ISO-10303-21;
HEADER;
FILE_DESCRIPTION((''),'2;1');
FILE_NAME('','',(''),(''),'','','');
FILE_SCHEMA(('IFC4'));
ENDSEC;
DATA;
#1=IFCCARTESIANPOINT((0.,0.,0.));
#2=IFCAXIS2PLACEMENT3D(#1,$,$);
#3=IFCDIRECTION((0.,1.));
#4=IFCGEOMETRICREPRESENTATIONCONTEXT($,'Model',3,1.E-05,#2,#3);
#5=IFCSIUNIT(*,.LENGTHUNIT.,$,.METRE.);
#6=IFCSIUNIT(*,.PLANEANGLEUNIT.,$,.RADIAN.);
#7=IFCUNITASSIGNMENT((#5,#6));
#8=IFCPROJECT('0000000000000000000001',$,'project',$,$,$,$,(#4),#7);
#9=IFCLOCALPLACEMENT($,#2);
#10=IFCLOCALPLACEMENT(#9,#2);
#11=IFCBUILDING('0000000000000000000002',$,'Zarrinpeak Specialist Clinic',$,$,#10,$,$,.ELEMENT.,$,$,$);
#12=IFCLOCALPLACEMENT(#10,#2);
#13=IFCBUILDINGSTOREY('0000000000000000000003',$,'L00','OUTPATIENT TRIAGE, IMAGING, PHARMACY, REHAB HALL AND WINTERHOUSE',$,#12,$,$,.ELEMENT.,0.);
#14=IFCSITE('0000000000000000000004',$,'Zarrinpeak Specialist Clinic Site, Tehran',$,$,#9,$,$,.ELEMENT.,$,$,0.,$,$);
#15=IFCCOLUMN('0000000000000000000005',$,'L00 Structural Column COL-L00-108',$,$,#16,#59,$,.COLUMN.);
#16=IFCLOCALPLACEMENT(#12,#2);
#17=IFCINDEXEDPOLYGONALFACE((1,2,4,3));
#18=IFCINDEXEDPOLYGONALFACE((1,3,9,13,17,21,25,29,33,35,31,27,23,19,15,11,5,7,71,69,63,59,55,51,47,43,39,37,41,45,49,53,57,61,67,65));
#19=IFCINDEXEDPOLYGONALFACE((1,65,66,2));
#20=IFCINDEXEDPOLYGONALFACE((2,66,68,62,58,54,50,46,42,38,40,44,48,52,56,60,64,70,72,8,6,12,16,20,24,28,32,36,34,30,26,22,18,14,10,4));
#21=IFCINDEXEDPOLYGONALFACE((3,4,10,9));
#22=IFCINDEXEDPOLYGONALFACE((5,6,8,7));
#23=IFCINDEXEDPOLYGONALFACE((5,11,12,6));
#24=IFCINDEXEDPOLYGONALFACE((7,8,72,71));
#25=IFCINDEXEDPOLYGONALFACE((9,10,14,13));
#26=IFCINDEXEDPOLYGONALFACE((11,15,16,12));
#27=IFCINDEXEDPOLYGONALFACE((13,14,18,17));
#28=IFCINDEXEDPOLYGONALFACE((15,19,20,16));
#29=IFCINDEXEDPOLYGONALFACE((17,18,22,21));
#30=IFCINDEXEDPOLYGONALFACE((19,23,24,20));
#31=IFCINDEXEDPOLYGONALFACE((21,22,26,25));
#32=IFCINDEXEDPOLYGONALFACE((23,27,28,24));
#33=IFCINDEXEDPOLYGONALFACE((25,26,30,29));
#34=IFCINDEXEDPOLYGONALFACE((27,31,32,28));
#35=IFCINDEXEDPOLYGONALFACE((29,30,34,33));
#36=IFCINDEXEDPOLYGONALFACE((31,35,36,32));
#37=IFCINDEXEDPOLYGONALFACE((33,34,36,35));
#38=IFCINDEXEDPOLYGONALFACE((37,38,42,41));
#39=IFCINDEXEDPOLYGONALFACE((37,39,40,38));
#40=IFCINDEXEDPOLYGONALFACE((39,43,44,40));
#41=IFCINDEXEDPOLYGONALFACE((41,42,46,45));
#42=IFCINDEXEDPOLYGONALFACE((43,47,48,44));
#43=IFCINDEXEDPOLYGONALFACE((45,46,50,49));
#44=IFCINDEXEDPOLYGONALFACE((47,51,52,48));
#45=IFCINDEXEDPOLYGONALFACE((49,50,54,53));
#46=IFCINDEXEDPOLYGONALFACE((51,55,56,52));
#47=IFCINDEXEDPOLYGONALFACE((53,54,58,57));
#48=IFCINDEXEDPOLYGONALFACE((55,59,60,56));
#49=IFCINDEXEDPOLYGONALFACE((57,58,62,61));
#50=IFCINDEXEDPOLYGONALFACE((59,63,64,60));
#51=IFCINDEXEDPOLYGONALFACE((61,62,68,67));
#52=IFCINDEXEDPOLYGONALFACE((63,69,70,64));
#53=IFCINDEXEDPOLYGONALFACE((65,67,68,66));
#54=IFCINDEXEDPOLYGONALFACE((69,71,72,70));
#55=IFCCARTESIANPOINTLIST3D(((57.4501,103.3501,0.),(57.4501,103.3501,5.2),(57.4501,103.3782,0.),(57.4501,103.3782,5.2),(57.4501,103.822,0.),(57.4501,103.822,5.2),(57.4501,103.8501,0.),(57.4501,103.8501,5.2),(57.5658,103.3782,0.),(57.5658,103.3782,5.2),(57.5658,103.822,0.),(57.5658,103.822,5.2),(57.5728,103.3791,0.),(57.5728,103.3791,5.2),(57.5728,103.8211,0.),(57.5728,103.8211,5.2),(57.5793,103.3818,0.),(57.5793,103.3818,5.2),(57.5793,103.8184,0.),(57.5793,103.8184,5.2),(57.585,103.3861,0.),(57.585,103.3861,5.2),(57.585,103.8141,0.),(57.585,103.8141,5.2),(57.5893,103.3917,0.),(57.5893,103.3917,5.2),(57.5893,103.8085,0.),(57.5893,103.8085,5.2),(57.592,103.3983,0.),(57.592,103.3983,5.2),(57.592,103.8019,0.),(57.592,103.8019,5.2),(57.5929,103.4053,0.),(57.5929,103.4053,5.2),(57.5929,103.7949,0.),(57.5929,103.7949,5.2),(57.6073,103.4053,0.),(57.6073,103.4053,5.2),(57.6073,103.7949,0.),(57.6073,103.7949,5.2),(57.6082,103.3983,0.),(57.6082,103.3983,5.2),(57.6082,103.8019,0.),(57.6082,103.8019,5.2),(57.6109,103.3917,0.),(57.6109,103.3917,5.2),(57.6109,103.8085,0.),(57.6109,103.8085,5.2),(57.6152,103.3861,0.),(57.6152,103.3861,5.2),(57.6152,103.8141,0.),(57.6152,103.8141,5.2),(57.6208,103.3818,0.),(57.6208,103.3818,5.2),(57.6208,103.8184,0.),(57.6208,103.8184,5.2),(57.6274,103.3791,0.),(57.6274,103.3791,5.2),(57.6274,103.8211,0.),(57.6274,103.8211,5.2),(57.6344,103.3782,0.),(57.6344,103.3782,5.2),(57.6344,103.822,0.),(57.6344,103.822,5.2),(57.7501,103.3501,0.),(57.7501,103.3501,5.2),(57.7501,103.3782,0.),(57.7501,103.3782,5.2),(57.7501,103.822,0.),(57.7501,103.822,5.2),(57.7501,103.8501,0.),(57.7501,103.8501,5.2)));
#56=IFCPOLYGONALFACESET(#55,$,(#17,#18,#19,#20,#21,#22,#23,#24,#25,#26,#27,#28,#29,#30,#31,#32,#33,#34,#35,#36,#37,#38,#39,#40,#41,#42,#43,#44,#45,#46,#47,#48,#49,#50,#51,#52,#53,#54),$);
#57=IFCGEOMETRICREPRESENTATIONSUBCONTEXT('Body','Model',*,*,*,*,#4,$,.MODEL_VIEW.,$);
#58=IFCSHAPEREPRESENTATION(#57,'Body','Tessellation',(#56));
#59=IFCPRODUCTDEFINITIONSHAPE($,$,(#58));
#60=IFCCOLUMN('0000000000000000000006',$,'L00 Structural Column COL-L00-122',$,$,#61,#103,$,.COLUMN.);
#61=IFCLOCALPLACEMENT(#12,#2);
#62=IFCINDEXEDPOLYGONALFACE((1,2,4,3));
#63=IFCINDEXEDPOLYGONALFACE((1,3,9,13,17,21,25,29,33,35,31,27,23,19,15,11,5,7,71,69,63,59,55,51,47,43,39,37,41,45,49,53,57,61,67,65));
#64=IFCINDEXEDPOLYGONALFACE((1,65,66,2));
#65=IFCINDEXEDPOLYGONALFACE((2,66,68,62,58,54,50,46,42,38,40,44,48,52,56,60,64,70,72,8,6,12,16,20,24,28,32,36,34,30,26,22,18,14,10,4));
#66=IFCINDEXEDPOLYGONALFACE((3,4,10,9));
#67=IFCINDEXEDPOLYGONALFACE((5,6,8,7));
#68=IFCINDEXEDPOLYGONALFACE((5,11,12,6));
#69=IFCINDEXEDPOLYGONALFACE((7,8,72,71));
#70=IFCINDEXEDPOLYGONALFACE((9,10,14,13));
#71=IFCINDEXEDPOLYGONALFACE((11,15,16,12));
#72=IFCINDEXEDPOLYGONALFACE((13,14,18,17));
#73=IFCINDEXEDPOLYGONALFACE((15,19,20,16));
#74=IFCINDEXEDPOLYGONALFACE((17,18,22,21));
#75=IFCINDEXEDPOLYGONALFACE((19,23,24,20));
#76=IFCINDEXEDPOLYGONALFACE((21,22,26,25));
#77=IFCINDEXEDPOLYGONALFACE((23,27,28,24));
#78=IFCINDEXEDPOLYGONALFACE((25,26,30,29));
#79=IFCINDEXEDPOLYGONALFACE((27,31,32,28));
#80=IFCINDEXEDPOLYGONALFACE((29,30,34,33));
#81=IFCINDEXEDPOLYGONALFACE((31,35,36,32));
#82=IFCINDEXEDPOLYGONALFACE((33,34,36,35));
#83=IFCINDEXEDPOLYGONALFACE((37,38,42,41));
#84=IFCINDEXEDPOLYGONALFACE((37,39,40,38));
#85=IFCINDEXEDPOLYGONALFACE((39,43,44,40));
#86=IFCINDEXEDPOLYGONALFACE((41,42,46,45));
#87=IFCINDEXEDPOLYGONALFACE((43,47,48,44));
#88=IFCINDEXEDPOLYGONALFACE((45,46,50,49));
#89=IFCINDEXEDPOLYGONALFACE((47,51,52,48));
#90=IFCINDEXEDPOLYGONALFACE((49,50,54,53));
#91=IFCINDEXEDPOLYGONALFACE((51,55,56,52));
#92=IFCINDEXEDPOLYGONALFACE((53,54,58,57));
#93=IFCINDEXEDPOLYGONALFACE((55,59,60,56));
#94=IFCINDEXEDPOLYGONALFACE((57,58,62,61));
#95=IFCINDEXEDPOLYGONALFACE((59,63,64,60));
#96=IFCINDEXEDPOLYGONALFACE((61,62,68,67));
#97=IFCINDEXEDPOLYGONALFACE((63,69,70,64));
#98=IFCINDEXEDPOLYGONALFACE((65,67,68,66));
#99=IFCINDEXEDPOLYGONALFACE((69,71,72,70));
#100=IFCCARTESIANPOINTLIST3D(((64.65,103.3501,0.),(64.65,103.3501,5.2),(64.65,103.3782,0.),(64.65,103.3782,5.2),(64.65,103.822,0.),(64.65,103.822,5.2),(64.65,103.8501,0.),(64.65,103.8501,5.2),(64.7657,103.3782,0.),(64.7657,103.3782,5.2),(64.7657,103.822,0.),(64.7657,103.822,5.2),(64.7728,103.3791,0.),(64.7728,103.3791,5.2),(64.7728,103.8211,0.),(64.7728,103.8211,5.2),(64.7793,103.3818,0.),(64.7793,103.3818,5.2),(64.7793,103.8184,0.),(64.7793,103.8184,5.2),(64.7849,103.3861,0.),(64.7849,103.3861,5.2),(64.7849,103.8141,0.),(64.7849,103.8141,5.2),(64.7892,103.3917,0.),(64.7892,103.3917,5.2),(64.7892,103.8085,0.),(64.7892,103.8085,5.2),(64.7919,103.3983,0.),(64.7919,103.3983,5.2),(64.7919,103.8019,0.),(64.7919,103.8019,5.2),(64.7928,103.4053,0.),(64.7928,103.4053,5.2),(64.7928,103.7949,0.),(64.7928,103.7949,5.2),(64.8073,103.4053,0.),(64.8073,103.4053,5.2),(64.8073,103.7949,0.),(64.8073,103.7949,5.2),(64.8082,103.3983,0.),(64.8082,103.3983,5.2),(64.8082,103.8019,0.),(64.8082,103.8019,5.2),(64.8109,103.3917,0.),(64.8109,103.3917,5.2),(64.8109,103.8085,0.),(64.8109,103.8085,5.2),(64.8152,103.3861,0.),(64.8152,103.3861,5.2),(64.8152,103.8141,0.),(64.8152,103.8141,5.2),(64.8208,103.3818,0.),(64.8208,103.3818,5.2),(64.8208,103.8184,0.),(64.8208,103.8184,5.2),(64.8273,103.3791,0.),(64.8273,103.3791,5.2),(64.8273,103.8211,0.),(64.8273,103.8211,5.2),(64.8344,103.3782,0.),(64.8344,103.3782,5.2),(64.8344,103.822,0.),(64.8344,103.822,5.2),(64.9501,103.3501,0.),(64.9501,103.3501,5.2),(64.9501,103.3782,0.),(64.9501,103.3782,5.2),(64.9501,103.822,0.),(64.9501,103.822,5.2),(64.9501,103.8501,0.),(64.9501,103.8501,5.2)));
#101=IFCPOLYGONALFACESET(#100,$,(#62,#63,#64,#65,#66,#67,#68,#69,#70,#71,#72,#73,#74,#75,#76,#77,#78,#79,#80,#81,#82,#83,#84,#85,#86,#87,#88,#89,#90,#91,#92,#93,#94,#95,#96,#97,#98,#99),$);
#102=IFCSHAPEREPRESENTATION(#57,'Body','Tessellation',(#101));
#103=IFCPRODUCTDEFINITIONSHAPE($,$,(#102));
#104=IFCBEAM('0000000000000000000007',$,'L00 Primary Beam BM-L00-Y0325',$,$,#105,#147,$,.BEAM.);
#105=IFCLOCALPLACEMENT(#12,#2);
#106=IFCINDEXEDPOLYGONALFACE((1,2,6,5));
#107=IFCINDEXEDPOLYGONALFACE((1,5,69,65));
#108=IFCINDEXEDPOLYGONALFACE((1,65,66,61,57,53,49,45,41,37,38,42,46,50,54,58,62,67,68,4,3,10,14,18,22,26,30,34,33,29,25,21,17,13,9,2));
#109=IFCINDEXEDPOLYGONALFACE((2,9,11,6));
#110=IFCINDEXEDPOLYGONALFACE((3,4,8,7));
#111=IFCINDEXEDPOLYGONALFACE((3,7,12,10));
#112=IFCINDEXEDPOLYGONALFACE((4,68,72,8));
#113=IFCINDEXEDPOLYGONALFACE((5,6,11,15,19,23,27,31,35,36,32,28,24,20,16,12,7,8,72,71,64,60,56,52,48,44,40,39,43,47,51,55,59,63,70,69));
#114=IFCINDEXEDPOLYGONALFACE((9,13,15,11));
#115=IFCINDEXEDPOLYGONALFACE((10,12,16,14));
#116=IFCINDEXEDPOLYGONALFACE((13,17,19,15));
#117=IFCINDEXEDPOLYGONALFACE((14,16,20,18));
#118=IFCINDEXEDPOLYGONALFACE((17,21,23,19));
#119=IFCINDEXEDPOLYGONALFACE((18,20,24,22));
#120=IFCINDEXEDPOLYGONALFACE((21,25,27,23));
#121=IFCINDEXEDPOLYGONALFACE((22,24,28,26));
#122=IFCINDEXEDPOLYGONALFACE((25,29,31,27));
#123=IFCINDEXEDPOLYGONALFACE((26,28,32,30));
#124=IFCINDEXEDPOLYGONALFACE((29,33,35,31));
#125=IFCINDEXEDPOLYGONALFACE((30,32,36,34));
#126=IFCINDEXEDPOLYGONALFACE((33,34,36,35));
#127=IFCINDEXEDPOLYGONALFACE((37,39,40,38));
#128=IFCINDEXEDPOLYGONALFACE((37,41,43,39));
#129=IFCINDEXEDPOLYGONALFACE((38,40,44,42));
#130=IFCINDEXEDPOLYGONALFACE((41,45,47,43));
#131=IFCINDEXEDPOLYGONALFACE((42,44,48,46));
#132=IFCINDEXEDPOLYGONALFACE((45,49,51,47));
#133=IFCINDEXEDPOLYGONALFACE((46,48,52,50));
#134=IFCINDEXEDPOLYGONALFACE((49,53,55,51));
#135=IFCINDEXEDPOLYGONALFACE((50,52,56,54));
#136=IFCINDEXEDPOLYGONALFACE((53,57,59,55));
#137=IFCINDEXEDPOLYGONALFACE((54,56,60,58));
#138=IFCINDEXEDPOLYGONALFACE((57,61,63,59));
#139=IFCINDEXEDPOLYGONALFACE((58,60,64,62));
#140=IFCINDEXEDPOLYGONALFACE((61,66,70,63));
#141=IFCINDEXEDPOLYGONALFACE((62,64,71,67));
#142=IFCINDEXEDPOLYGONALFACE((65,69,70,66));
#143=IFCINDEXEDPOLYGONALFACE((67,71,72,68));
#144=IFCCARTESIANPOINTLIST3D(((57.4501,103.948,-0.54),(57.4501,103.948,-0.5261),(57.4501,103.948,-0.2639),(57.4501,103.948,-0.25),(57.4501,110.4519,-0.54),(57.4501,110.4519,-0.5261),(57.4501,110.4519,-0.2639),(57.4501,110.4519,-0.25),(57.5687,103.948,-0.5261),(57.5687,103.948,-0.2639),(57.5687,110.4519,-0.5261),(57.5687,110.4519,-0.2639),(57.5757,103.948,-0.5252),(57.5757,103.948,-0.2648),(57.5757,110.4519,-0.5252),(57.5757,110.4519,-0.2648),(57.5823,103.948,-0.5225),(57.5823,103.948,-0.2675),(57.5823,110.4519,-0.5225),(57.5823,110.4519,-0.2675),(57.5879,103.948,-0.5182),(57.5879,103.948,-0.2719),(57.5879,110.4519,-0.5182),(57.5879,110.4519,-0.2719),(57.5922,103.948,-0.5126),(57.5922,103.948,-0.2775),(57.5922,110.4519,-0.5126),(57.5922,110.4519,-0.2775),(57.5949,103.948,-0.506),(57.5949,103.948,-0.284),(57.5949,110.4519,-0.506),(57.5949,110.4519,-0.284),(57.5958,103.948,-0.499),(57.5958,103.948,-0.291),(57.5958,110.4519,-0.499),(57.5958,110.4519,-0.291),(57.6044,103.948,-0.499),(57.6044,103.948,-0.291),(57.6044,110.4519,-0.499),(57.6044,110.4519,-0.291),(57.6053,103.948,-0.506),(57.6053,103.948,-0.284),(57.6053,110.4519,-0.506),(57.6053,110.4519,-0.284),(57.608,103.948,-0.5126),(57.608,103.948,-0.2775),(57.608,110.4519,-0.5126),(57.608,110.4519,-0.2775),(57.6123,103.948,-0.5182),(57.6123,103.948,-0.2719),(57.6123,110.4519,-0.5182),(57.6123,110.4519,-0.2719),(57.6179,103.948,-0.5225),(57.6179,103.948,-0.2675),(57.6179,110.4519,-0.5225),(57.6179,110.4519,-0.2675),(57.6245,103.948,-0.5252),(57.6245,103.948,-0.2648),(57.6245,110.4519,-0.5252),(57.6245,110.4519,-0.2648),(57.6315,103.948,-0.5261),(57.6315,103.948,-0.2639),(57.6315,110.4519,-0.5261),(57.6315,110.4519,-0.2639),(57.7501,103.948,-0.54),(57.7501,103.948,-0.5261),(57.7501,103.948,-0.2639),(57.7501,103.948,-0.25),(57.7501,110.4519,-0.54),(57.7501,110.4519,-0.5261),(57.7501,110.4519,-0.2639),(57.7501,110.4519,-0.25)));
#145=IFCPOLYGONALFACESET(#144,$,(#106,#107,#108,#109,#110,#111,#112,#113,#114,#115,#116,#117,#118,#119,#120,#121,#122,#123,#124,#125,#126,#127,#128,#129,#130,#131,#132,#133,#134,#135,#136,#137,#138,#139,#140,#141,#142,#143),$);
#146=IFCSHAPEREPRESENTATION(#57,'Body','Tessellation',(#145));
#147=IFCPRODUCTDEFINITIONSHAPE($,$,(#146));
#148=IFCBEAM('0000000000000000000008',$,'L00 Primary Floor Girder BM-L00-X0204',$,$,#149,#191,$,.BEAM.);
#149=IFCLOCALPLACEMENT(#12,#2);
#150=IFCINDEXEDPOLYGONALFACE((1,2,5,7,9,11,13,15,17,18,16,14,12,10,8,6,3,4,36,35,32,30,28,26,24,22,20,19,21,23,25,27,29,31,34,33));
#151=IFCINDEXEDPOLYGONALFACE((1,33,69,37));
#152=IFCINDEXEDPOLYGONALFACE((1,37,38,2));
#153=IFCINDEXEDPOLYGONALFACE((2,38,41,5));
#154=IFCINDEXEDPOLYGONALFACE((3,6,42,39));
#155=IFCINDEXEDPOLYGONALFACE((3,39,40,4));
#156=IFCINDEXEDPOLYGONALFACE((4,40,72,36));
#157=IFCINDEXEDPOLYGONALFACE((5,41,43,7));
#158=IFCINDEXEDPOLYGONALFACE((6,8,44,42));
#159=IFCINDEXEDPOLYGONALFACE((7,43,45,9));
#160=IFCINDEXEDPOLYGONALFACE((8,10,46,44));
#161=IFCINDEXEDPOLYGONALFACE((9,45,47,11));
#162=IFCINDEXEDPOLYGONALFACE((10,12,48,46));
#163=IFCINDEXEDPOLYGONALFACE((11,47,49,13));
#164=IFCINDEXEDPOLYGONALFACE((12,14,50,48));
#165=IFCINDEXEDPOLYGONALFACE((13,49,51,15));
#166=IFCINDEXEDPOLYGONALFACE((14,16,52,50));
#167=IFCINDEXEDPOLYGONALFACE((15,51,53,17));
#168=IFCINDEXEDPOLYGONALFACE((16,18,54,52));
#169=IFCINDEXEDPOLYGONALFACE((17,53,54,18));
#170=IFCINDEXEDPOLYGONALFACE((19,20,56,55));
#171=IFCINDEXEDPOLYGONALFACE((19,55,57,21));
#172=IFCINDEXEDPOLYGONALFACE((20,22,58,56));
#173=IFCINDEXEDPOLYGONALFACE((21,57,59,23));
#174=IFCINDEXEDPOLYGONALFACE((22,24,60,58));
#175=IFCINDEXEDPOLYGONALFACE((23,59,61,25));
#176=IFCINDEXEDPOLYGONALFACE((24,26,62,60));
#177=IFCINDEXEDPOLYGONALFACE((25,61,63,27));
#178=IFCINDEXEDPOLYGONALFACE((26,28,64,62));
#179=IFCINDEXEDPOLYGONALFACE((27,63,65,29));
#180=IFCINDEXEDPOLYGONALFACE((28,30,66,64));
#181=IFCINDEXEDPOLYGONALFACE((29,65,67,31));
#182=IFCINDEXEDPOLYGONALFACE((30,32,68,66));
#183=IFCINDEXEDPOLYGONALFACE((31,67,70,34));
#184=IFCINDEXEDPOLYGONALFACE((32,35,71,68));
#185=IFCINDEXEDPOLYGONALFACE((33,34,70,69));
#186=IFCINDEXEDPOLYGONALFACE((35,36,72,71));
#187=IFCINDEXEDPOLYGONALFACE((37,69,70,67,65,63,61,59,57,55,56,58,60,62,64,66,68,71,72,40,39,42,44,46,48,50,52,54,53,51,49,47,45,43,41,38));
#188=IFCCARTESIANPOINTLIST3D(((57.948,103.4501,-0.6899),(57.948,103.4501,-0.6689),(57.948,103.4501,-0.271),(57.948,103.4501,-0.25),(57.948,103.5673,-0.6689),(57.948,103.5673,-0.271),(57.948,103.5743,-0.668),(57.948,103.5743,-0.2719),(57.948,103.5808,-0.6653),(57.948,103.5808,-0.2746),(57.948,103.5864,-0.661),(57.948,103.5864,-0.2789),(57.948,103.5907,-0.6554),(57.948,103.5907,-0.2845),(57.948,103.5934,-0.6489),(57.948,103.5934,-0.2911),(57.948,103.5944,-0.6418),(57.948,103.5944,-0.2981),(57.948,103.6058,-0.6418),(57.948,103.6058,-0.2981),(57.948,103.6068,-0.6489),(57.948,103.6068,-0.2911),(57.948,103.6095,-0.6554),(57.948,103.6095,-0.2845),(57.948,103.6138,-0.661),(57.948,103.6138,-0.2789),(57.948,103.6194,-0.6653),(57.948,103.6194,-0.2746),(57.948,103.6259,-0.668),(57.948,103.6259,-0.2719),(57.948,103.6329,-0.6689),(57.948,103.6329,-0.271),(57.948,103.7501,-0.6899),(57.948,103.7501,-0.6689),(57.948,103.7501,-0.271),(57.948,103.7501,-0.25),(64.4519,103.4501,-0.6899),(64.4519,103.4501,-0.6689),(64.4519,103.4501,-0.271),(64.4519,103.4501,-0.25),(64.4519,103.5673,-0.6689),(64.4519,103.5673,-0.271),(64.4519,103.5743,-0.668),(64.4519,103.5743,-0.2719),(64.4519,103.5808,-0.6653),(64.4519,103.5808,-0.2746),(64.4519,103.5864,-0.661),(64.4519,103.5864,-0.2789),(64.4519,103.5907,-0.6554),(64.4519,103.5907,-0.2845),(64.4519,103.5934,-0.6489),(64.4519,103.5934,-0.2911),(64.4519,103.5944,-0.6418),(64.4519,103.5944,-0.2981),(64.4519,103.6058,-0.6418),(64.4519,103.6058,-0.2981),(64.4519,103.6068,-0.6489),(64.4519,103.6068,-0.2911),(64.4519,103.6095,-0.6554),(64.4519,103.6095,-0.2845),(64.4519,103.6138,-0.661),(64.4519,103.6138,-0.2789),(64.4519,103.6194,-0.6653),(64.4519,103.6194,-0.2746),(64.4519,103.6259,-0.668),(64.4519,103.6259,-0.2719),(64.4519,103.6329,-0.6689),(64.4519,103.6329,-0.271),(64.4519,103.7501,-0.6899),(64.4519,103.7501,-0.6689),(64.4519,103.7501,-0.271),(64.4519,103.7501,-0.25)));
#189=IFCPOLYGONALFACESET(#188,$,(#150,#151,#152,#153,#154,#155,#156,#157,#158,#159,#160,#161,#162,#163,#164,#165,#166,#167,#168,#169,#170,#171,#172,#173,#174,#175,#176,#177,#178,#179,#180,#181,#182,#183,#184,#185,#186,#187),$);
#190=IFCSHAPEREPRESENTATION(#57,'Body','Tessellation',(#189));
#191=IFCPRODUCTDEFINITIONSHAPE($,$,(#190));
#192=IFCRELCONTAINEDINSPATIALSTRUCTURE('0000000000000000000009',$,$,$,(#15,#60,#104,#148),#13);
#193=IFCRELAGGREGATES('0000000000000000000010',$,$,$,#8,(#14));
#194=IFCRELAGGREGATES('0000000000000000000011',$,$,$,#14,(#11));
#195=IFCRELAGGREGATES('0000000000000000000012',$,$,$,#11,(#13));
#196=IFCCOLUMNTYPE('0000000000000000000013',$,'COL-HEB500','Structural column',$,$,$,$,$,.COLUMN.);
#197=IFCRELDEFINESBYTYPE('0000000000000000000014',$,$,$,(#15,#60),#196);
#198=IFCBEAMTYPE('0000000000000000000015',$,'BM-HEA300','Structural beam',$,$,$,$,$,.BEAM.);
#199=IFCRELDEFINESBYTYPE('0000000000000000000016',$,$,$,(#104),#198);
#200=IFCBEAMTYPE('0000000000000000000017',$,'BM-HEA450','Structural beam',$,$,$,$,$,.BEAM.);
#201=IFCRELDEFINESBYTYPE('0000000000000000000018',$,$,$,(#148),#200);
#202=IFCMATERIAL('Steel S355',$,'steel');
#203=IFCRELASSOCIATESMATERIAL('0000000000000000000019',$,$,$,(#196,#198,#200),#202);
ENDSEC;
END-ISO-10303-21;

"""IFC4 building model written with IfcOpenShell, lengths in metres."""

from ifc_helpers import new_model, si_unit, direction, frame, origin, origin_2d, place, context, subcontext, project, spatial, i_section, extrude, material, material_profile, profile_set, type_object, element, save


model = new_model("IFC4")

# Units and contexts
model_context = context("Model", 3, precision=1e-05, world=origin(), true_north=direction((0.0, 1.0)))
body_context = subcontext(model_context, "Body", "Model", "MODEL_VIEW")
ifc_project = project(units=[si_unit("LENGTHUNIT", "METRE"), si_unit("PLANEANGLEUNIT", "RADIAN")], contexts=[model_context])

# Site, building, storey
site_placement = place(None, origin())
site = spatial("IfcSite", under=ifc_project, at=site_placement, Name="Zarrinpeak Specialist Clinic Site, Tehran", CompositionType="ELEMENT", RefElevation=0.0)
building_placement = place(site_placement, origin())
building = spatial("IfcBuilding", under=site, at=building_placement, Name="Zarrinpeak Specialist Clinic", CompositionType="ELEMENT")
storey_placement = place(building_placement, origin())
storey = spatial("IfcBuildingStorey", under=building, at=storey_placement, Name="L00", Description="OUTPATIENT TRIAGE, IMAGING, PHARMACY, REHAB HALL AND WINTERHOUSE", CompositionType="ELEMENT", Elevation=0.0)

# Columns
ifc_material_1 = material(Name="Steel S355", Category="steel")
ifc_material_profile_1 = material_profile(ifc_material_1, i_section(OverallWidth=0.3, OverallDepth=0.5, WebThickness=0.0144, FlangeThickness=0.0281, FilletRadius=0.0271, at=origin_2d()), Name="HEB 500")
ifc_profile_set_1 = profile_set([ifc_material_profile_1], Name="Steel S355")
column_type = type_object("IfcColumnType", Name="COL-HEB500", Description="Structural column", PredefinedType="COLUMN", material=ifc_profile_set_1)
for number, where, z_axis, x_axis, name in (
    (1, (57.6001, 103.6001, 0.0), (0.0, 0.0, 1.0), (1.0, 0.0, 0.0), "L00 Structural Column COL-L00-108"),
    (2, (64.8, 103.6001, 0.0), (0.0, 0.0, 1.0), (1.0, 0.0, 0.0), "L00 Structural Column COL-L00-122"),
):
    element("IfcColumn", number, at=place(storey_placement, frame(where, z_axis=z_axis, x_axis=x_axis)), inside=storey, type_object=column_type, Name=name, PredefinedType="COLUMN", context=body_context, shape_type="SweptSolid", body=[
        extrude(i_section(OverallWidth=0.3, OverallDepth=0.5, WebThickness=0.0144, FlangeThickness=0.0281, FilletRadius=0.0271, at=origin_2d()), origin(), (0.0, 0.0, 1.0), 5.2),
    ])

# Beams
ifc_material_profile_2 = material_profile(ifc_material_1, i_section(OverallWidth=0.3, OverallDepth=0.29, WebThickness=0.0085, FlangeThickness=0.0139, FilletRadius=0.0271, at=origin_2d()), Name="HEA 300")
ifc_profile_set_2 = profile_set([ifc_material_profile_2], Name="Steel S355")
beam_type_1 = type_object("IfcBeamType", Name="BM-HEA300", Description="Structural beam", PredefinedType="BEAM", material=ifc_profile_set_2)
beam_1_placement = place(storey_placement, frame((57.6001, 103.948, -0.395), z_axis=(0.0, 1.0, 0.0), x_axis=(-1.0, 0.0, 0.0)))
element("IfcBeam", 3, at=beam_1_placement, inside=storey, type_object=beam_type_1, Name="L00 Primary Beam BM-L00-Y0325", PredefinedType="BEAM", context=body_context, shape_type="SweptSolid", body=[
    extrude(i_section(OverallWidth=0.3, OverallDepth=0.29, WebThickness=0.0085, FlangeThickness=0.0139, FilletRadius=0.0271, at=origin_2d()), origin(), (0.0, 0.0, 1.0), 6.5039),
])
ifc_material_profile_3 = material_profile(ifc_material_1, i_section(OverallWidth=0.3, OverallDepth=0.4399, WebThickness=0.0115, FlangeThickness=0.021, FilletRadius=0.0271, at=origin_2d()), Name="HEA 450")
ifc_profile_set_3 = profile_set([ifc_material_profile_3], Name="Steel S355")
beam_type_2 = type_object("IfcBeamType", Name="BM-HEA450", Description="Structural beam", PredefinedType="BEAM", material=ifc_profile_set_3)
beam_2_placement = place(storey_placement, frame((57.948, 103.6001, -0.47), z_axis=(1.0, 0.0, 0.0), x_axis=(0.0, 1.0, 0.0)))
element("IfcBeam", 4, at=beam_2_placement, inside=storey, type_object=beam_type_2, Name="L00 Primary Floor Girder BM-L00-X0204", PredefinedType="BEAM", context=body_context, shape_type="SweptSolid", body=[
    extrude(i_section(OverallWidth=0.3, OverallDepth=0.4399, WebThickness=0.0115, FlangeThickness=0.021, FilletRadius=0.0271, at=origin_2d()), origin(), (0.0, 0.0, 1.0), 6.5039),
])

save(model, "model.ifc")
